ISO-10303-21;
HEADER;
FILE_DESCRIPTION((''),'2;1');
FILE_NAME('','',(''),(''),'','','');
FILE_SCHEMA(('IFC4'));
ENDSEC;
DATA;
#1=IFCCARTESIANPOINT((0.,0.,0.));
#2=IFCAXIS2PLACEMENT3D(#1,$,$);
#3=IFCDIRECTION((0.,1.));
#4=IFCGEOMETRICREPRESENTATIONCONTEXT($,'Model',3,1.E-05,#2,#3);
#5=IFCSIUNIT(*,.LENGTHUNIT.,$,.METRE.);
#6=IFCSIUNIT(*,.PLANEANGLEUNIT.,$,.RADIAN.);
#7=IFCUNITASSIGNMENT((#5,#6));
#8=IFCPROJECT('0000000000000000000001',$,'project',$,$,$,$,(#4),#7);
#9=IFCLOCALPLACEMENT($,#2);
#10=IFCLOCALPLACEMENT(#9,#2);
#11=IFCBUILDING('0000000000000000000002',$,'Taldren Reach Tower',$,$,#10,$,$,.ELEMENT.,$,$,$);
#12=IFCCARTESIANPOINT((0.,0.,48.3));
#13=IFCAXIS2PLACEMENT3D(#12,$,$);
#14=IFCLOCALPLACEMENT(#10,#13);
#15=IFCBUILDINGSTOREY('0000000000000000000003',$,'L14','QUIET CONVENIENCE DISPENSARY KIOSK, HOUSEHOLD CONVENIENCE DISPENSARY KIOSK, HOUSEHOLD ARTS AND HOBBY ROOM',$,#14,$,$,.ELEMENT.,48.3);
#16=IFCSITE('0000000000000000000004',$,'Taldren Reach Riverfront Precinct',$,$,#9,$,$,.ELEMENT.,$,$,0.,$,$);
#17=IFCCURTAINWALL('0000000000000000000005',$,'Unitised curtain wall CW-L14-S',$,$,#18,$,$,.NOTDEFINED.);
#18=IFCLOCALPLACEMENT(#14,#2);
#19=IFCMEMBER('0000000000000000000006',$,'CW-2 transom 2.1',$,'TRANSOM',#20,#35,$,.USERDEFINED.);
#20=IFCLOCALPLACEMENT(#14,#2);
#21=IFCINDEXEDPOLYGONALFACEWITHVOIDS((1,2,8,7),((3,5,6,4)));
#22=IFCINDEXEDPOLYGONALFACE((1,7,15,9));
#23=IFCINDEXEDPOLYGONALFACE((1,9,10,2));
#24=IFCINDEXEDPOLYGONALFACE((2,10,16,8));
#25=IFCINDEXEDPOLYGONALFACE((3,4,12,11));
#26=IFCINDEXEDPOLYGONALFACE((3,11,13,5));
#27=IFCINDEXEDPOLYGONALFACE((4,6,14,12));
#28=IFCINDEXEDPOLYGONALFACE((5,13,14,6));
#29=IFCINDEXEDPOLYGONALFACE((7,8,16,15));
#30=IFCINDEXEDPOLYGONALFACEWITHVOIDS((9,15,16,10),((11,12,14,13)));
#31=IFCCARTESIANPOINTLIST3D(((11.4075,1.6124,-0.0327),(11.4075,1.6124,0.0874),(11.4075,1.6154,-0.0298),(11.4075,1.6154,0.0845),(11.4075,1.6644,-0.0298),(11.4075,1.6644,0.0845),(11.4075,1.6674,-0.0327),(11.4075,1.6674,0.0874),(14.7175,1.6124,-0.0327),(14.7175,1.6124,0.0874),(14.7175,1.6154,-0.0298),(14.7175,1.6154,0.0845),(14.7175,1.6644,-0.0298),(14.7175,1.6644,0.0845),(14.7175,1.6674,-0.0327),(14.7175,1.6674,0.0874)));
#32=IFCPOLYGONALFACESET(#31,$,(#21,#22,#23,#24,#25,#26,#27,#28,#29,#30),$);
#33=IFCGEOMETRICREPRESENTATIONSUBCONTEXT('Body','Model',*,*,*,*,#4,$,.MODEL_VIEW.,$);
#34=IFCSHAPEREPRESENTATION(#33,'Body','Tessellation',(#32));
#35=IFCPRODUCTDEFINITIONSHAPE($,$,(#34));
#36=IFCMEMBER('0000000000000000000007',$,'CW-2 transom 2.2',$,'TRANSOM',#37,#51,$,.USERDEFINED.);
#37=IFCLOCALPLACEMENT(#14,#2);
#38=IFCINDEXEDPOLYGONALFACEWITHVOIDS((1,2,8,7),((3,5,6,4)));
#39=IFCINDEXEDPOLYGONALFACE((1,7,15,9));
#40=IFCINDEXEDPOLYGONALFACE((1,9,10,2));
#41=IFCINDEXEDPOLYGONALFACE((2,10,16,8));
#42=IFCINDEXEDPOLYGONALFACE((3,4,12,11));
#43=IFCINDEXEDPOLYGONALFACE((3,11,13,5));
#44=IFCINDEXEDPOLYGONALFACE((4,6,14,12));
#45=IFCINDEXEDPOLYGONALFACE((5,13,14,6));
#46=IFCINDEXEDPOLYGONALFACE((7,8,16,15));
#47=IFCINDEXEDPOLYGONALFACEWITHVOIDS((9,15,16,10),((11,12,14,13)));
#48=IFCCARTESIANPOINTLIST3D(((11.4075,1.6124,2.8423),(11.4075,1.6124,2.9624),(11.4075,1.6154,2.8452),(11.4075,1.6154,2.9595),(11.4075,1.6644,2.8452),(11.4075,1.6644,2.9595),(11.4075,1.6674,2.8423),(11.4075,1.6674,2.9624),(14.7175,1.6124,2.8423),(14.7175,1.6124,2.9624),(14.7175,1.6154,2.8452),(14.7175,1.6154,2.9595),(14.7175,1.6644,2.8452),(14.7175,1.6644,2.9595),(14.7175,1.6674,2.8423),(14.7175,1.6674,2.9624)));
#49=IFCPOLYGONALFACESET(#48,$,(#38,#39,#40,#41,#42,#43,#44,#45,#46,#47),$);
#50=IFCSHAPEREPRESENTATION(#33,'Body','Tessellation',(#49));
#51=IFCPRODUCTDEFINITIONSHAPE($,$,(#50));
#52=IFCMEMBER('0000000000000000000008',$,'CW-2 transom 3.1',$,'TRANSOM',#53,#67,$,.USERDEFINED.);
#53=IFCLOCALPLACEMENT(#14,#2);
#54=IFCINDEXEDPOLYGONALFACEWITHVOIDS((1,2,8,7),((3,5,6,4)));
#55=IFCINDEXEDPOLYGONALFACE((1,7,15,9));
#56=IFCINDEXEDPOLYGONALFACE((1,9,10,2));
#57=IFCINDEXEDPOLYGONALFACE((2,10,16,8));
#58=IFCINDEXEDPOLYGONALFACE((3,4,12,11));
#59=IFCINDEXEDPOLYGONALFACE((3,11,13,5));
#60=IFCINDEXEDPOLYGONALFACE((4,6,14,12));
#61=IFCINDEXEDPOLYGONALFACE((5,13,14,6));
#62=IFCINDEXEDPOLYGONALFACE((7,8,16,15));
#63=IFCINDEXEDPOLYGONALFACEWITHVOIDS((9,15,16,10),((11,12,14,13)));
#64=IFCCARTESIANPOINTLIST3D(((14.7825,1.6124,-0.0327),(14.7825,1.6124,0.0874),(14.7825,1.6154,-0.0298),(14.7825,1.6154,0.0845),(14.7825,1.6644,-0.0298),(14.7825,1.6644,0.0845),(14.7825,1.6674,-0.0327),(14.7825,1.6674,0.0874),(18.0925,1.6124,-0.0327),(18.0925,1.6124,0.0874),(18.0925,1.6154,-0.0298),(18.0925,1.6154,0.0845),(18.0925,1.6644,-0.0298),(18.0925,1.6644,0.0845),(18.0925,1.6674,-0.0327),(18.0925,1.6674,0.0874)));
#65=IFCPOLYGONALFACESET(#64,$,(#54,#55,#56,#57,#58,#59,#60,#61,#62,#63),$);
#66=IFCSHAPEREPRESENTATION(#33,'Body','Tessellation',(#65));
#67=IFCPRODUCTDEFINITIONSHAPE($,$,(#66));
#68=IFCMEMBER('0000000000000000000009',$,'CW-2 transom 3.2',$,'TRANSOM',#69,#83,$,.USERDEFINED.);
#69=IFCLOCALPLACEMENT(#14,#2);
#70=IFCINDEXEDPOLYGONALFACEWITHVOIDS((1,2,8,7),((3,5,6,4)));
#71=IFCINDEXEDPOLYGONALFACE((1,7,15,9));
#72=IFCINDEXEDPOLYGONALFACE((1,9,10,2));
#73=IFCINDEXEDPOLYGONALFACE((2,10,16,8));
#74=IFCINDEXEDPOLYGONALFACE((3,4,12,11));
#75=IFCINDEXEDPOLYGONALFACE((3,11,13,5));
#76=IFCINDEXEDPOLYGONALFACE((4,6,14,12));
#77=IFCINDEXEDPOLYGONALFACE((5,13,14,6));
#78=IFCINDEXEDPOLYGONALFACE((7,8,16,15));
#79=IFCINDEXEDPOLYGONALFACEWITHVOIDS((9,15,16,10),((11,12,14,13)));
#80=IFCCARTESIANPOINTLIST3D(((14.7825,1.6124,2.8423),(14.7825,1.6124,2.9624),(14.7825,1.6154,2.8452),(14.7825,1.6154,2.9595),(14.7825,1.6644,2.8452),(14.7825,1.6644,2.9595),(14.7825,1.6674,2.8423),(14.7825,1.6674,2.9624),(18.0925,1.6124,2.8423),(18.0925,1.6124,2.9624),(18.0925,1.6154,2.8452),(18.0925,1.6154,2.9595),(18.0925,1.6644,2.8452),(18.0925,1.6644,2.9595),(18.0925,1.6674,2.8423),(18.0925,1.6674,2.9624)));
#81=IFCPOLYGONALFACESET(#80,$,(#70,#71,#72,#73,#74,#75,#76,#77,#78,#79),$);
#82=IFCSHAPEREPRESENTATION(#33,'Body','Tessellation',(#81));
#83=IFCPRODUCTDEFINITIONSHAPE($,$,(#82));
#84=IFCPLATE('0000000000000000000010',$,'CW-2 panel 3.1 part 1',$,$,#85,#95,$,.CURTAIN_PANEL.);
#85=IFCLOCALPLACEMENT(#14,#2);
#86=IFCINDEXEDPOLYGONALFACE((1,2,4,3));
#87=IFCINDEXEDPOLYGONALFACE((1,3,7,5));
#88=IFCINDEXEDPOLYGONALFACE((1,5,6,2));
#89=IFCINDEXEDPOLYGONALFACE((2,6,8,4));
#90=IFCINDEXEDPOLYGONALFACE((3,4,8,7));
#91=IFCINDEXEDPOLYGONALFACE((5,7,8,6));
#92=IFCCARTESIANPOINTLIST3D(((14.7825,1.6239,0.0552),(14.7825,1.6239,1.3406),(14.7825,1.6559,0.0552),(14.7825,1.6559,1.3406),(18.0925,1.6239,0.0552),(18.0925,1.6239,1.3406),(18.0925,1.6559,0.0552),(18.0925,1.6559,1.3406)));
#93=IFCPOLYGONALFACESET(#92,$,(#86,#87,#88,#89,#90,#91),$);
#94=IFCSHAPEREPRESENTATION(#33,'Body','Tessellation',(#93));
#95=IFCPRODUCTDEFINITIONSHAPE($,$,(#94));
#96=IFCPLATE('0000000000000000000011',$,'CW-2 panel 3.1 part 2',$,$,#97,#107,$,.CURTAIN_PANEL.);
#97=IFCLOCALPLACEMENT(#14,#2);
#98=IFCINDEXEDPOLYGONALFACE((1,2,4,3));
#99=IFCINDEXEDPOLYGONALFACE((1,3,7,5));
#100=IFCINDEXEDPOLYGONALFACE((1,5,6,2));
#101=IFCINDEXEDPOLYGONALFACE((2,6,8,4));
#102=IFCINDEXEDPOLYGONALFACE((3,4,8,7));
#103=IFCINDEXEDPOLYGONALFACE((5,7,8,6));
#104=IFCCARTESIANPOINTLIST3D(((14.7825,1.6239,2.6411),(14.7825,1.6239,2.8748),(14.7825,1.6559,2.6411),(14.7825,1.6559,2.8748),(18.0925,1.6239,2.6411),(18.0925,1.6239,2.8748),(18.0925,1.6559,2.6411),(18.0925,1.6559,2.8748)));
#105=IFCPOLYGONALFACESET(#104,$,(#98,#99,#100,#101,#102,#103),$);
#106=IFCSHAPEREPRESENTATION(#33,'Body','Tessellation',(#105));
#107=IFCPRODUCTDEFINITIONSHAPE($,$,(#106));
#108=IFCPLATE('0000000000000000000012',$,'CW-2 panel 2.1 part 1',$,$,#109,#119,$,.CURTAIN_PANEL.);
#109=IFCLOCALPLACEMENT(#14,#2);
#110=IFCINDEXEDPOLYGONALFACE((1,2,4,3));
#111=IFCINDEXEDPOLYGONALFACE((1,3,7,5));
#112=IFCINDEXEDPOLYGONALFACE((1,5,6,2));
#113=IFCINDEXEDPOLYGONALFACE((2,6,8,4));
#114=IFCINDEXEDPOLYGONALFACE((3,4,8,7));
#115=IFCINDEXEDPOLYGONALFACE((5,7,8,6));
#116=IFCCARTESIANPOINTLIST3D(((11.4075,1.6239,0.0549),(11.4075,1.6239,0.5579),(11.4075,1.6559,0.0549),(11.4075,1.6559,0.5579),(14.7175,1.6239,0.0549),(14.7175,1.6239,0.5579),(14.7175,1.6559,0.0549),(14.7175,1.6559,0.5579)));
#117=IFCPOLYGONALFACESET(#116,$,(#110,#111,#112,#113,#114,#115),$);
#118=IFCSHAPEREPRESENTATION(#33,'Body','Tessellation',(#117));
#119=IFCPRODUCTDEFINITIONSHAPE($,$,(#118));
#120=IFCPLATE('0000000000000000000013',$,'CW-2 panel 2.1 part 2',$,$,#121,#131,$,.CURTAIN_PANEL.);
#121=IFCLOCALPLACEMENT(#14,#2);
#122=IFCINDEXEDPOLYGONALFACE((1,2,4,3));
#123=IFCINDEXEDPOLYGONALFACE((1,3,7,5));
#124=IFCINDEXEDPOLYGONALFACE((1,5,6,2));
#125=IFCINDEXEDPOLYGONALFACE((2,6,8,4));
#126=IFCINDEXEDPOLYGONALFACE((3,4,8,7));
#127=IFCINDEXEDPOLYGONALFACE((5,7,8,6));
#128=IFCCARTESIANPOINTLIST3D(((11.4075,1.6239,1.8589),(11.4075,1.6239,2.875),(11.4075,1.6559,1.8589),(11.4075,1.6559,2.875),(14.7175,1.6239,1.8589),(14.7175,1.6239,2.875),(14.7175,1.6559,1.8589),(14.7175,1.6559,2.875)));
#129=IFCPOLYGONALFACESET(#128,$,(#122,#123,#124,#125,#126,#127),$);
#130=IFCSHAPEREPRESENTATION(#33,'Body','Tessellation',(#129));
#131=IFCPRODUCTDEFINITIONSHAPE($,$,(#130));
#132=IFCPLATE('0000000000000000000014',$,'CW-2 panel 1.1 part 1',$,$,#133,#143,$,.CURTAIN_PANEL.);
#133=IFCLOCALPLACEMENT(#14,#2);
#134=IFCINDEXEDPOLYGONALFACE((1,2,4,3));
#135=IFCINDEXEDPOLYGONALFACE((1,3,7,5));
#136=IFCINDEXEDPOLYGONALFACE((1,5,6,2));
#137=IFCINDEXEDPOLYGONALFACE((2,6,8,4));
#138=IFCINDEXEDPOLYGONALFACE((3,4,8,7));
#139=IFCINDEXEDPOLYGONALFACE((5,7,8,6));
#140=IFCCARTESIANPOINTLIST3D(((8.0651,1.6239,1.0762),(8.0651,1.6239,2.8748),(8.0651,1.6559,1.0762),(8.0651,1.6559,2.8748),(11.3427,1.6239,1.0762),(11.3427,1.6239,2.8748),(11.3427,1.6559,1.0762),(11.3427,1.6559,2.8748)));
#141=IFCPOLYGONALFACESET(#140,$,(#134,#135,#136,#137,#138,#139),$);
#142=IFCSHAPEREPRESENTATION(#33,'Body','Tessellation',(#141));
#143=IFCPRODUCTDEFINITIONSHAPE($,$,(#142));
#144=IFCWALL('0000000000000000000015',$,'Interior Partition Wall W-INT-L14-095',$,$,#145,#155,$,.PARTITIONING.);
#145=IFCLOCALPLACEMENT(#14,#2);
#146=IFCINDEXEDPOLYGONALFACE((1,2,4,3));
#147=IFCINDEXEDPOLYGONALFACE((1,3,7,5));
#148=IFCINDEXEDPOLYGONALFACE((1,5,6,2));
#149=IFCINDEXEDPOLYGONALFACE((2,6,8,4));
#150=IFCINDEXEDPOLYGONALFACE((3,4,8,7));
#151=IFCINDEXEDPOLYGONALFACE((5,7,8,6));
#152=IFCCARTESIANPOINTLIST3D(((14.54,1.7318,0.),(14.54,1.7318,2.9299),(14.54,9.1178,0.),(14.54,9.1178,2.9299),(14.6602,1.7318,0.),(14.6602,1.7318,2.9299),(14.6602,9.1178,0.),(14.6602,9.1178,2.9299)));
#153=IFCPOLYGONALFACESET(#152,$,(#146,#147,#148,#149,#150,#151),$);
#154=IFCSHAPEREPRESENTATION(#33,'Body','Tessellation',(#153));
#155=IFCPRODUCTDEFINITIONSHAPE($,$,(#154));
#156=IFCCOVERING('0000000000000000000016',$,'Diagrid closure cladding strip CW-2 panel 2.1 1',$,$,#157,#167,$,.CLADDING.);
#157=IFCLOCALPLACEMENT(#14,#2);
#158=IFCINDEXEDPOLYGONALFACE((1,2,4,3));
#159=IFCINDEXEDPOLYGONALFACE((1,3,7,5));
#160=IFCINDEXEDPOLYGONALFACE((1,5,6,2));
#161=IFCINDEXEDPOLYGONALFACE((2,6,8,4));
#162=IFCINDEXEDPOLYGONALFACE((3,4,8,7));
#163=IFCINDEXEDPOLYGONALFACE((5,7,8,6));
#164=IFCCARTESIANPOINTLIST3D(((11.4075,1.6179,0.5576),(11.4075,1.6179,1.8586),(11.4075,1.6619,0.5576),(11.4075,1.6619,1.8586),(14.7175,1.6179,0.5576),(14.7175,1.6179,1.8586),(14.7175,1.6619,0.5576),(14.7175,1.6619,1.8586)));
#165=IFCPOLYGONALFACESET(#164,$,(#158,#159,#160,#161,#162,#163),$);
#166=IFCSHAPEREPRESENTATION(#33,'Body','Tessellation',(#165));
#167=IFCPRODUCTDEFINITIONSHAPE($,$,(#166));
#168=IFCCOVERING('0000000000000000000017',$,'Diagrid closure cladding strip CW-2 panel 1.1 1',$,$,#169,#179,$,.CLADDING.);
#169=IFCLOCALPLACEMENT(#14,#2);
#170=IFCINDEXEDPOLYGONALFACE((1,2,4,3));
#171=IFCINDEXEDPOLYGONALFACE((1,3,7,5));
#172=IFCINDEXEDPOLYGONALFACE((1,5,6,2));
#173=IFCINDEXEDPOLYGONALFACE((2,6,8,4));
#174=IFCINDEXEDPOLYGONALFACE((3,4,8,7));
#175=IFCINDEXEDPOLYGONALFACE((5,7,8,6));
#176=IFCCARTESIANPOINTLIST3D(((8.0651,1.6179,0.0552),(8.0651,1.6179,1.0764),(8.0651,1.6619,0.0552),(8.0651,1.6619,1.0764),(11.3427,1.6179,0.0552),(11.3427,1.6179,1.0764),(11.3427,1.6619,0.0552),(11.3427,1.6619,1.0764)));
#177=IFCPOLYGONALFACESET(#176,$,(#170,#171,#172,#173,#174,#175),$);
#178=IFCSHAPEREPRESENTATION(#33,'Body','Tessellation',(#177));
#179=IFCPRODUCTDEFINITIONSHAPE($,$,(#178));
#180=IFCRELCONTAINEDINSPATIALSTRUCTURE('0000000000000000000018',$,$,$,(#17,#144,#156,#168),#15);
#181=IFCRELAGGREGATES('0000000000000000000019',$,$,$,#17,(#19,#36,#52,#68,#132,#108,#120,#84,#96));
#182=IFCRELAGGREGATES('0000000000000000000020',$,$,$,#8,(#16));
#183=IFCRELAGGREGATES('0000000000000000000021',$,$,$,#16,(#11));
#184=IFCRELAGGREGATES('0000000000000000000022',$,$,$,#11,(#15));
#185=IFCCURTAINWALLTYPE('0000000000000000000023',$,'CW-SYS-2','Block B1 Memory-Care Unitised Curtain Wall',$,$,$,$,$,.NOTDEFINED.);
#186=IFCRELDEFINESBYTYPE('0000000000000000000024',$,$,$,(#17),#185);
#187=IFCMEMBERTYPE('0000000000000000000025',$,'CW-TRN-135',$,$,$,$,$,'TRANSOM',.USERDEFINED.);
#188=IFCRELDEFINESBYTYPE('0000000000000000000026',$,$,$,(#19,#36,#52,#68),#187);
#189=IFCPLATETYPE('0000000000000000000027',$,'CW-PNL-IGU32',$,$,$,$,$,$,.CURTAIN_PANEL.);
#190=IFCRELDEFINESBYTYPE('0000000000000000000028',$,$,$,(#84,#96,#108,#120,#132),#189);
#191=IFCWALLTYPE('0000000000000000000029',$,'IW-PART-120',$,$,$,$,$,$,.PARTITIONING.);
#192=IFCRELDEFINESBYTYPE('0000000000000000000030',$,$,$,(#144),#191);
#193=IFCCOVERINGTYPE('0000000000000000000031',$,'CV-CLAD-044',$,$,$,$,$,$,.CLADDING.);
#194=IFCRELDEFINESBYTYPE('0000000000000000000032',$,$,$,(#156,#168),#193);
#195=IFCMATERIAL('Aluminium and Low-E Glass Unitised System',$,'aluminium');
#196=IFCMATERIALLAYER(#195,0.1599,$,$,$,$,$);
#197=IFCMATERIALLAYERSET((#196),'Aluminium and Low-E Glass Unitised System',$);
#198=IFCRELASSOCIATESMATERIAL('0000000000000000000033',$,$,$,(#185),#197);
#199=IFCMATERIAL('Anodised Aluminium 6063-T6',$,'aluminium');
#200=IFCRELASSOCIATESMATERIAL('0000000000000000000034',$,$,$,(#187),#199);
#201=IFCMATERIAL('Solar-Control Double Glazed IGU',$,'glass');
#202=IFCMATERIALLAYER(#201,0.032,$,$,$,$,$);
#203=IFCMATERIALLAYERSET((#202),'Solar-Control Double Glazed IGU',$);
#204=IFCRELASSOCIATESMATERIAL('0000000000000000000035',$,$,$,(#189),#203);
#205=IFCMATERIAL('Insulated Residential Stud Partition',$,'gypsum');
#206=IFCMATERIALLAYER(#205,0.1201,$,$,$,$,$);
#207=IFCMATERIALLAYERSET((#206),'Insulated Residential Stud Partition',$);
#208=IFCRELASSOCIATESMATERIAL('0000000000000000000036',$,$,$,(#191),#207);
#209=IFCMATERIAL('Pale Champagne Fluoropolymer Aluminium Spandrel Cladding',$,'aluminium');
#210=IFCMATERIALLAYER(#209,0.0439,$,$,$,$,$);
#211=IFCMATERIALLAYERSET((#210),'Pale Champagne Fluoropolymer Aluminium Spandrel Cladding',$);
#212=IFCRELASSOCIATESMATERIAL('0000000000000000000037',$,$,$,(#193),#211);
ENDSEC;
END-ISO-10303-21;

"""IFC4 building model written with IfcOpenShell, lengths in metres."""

from ifc_helpers import new_model, si_unit, direction, frame, frame_2d, origin, origin_2d, place, context, subcontext, project, spatial, rectangle, hollow_rectangle, extrude, source, transform, mapped, material, layer, layer_set, material_profile, profile_set, type_object, element, aggregate, save


model = new_model("IFC4")

# Units and contexts
model_context = context("Model", 3, precision=1e-05, world=origin(), true_north=direction((0.0, 1.0)))
body_context = subcontext(model_context, "Body", "Model", "MODEL_VIEW")
ifc_project = project(units=[si_unit("LENGTHUNIT", "METRE"), si_unit("PLANEANGLEUNIT", "RADIAN")], contexts=[model_context])

# Site, building, storey
site_placement = place(None, origin())
site = spatial("IfcSite", under=ifc_project, at=site_placement, Name="Taldren Reach Riverfront Precinct", CompositionType="ELEMENT", RefElevation=0.0)
building_placement = place(site_placement, origin())
building = spatial("IfcBuilding", under=site, at=building_placement, Name="Taldren Reach Tower", CompositionType="ELEMENT")
storey_placement = place(building_placement, frame((0.0, 0.0, 48.3)))
storey = spatial("IfcBuildingStorey", under=building, at=storey_placement, Name="L14", Description="QUIET CONVENIENCE DISPENSARY KIOSK, HOUSEHOLD CONVENIENCE DISPENSARY KIOSK, HOUSEHOLD ARTS AND HOBBY ROOM", CompositionType="ELEMENT", Elevation=48.3)

# Curtain wall, members, plates
ifc_material_1 = material(Name="Aluminium and Low-E Glass Unitised System", Category="aluminium")
ifc_layer_1 = layer(ifc_material_1, 0.1599)
ifc_layer_set_1 = layer_set([ifc_layer_1], Name="Aluminium and Low-E Glass Unitised System")
curtain_wall_type = type_object("IfcCurtainWallType", Name="CW-SYS-2", Description="Block B1 Memory-Care Unitised Curtain Wall", PredefinedType="NOTDEFINED", material=ifc_layer_set_1)
curtain_wall_placement = place(storey_placement, origin())
curtain_wall = element("IfcCurtainWall", 1, at=curtain_wall_placement, inside=storey, type_object=curtain_wall_type, Name="Unitised curtain wall CW-L14-S", PredefinedType="NOTDEFINED")
ifc_material_2 = material(Name="Anodised Aluminium 6063-T6", Category="aluminium")
ifc_material_profile_1 = material_profile(ifc_material_2, hollow_rectangle(XDim=0.0549, YDim=0.1201, WallThickness=0.0029, at=origin_2d()), Name="ALU-120x55x3RHS")
ifc_profile_set_1 = profile_set([ifc_material_profile_1], Name="Anodised Aluminium 6063-T6")
member_type_1 = type_object("IfcMemberType", Name="CW-TRN-135", ElementType="TRANSOM", PredefinedType="USERDEFINED", material=ifc_profile_set_1)
shared_shape_1 = source(origin(), body_context, "Body", "SweptSolid", [
    extrude(hollow_rectangle(XDim=0.0549, YDim=0.1201, WallThickness=0.0029, at=origin_2d()), origin(), (0.0, 0.0, 1.0), 3.3101),
])
member_1_placement = place(storey_placement, frame((11.4075, 1.6399, 0.0273), z_axis=(1.0, 0.0, 0.0), x_axis=(0.0, 1.0, 0.0)))
member_1 = element("IfcMember", 2, at=member_1_placement, type_object=member_type_1, Name="CW-2 transom 2.1", ObjectType="TRANSOM", PredefinedType="USERDEFINED", context=body_context, shape_type="MappedRepresentation", body=[
    mapped(shared_shape_1, transform((0.0, 0.0, 0.0), scale=1.0)),
])
member_2_placement = place(storey_placement, frame((11.4075, 1.6399, 2.9023), z_axis=(1.0, 0.0, 0.0), x_axis=(0.0, 1.0, 0.0)))
member_2 = element("IfcMember", 3, at=member_2_placement, type_object=member_type_1, Name="CW-2 transom 2.2", ObjectType="TRANSOM", PredefinedType="USERDEFINED", context=body_context, shape_type="MappedRepresentation", body=[
    mapped(shared_shape_1, transform((0.0, 0.0, 0.0), scale=1.0)),
])
member_3_placement = place(storey_placement, frame((14.7825, 1.6399, 0.0273), z_axis=(1.0, 0.0, 0.0), x_axis=(0.0, 1.0, 0.0)))
member_3 = element("IfcMember", 4, at=member_3_placement, type_object=member_type_1, Name="CW-2 transom 3.1", ObjectType="TRANSOM", PredefinedType="USERDEFINED", context=body_context, shape_type="MappedRepresentation", body=[
    mapped(shared_shape_1, transform((0.0, 0.0, 0.0), scale=1.0)),
])
member_4_placement = place(storey_placement, frame((14.7825, 1.6399, 2.9023), z_axis=(1.0, 0.0, 0.0), x_axis=(0.0, 1.0, 0.0)))
member_4 = element("IfcMember", 5, at=member_4_placement, type_object=member_type_1, Name="CW-2 transom 3.2", ObjectType="TRANSOM", PredefinedType="USERDEFINED", context=body_context, shape_type="MappedRepresentation", body=[
    mapped(shared_shape_1, transform((0.0, 0.0, 0.0), scale=1.0)),
])
ifc_material_3 = material(Name="Solar-Control Double Glazed IGU", Category="glass")
ifc_layer_2 = layer(ifc_material_3, 0.032)
ifc_layer_set_2 = layer_set([ifc_layer_2], Name="Solar-Control Double Glazed IGU")
plate_type = type_object("IfcPlateType", Name="CW-PNL-IGU32", PredefinedType="CURTAIN_PANEL", material=ifc_layer_set_2)
shared_shape_2 = source(origin(), body_context, "Body", "SweptSolid", [
    extrude(rectangle(XDim=3.3101, YDim=0.032, at=origin_2d()), origin(), (0.0, 0.0, 1.0), 1.2854),
])
plate_1_placement = place(storey_placement, frame((16.4375, 1.6399, 0.0552), z_axis=(0.0, 0.0, 1.0), x_axis=(1.0, 0.0, 0.0)))
plate_1 = element("IfcPlate", 6, at=plate_1_placement, type_object=plate_type, Name="CW-2 panel 3.1 part 1", PredefinedType="CURTAIN_PANEL", context=body_context, shape_type="MappedRepresentation", body=[
    mapped(shared_shape_2, transform((0.0, 0.0, 0.0), scale=1.0)),
])
shared_shape_3 = source(origin(), body_context, "Body", "SweptSolid", [
    extrude(rectangle(XDim=3.3101, YDim=0.032, at=origin_2d()), origin(), (0.0, 0.0, 1.0), 0.2336),
])
plate_2_placement = place(storey_placement, frame((16.4375, 1.6399, 2.6411), z_axis=(0.0, 0.0, 1.0), x_axis=(1.0, 0.0, 0.0)))
plate_2 = element("IfcPlate", 7, at=plate_2_placement, type_object=plate_type, Name="CW-2 panel 3.1 part 2", PredefinedType="CURTAIN_PANEL", context=body_context, shape_type="MappedRepresentation", body=[
    mapped(shared_shape_3, transform((0.0, 0.0, 0.0), scale=1.0)),
])
shared_shape_4 = source(origin(), body_context, "Body", "SweptSolid", [
    extrude(rectangle(XDim=3.3101, YDim=0.032, at=origin_2d()), origin(), (0.0, 0.0, 1.0), 0.5029),
])
plate_3_placement = place(storey_placement, frame((13.0625, 1.6399, 0.0549), z_axis=(0.0, 0.0, 1.0), x_axis=(1.0, 0.0, 0.0)))
plate_3 = element("IfcPlate", 8, at=plate_3_placement, type_object=plate_type, Name="CW-2 panel 2.1 part 1", PredefinedType="CURTAIN_PANEL", context=body_context, shape_type="MappedRepresentation", body=[
    mapped(shared_shape_4, transform((0.0, 0.0, 0.0), scale=1.0)),
])
shared_shape_5 = source(origin(), body_context, "Body", "SweptSolid", [
    extrude(rectangle(XDim=3.3101, YDim=0.032, at=origin_2d()), origin(), (0.0, 0.0, 1.0), 1.0161),
])
plate_4_placement = place(storey_placement, frame((13.0625, 1.6399, 1.8589), z_axis=(0.0, 0.0, 1.0), x_axis=(1.0, 0.0, 0.0)))
plate_4 = element("IfcPlate", 9, at=plate_4_placement, type_object=plate_type, Name="CW-2 panel 2.1 part 2", PredefinedType="CURTAIN_PANEL", context=body_context, shape_type="MappedRepresentation", body=[
    mapped(shared_shape_5, transform((0.0, 0.0, 0.0), scale=1.0)),
])
shared_shape_6 = source(origin(), body_context, "Body", "SweptSolid", [
    extrude(rectangle(XDim=3.2776, YDim=0.032, at=origin_2d()), origin(), (0.0, 0.0, 1.0), 1.7986),
])
plate_5_placement = place(storey_placement, frame((9.7039, 1.6399, 1.0762), z_axis=(0.0, 0.0, 1.0), x_axis=(1.0, 0.0, 0.0)))
plate_5 = element("IfcPlate", 10, at=plate_5_placement, type_object=plate_type, Name="CW-2 panel 1.1 part 1", PredefinedType="CURTAIN_PANEL", context=body_context, shape_type="MappedRepresentation", body=[
    mapped(shared_shape_6, transform((0.0, 0.0, 0.0), scale=1.0)),
])
aggregate(curtain_wall, [member_1, member_2, member_3, member_4, plate_5, plate_3, plate_4, plate_1, plate_2])

# Wall
ifc_material_4 = material(Name="Insulated Residential Stud Partition", Category="gypsum")
ifc_layer_3 = layer(ifc_material_4, 0.1201)
ifc_layer_set_3 = layer_set([ifc_layer_3], Name="Insulated Residential Stud Partition")
wall_type = type_object("IfcWallType", Name="IW-PART-120", PredefinedType="PARTITIONING", material=ifc_layer_set_3)
shared_shape_7 = source(origin(), body_context, "Body", "SweptSolid", [
    extrude(rectangle(XDim=7.386, YDim=0.1201, at=frame_2d((3.6929, 0.0))), origin(), (0.0, 0.0, 1.0), 2.9299),
])
wall_placement = place(storey_placement, frame((14.6001, 1.7319, 0.0), z_axis=(0.0, 0.0, 1.0), x_axis=(0.0, 1.0, 0.0)))
element("IfcWall", 11, at=wall_placement, inside=storey, type_object=wall_type, Name="Interior Partition Wall W-INT-L14-095", PredefinedType="PARTITIONING", context=body_context, shape_type="MappedRepresentation", body=[
    mapped(shared_shape_7, transform((0.0, 0.0, 0.0), scale=1.0)),
])

# Coverings
ifc_material_5 = material(Name="Pale Champagne Fluoropolymer Aluminium Spandrel Cladding", Category="aluminium")
ifc_layer_4 = layer(ifc_material_5, 0.0439)
ifc_layer_set_4 = layer_set([ifc_layer_4], Name="Pale Champagne Fluoropolymer Aluminium Spandrel Cladding")
covering_type = type_object("IfcCoveringType", Name="CV-CLAD-044", PredefinedType="CLADDING", material=ifc_layer_set_4)
shared_shape_8 = source(origin(), body_context, "Body", "SweptSolid", [
    extrude(rectangle(XDim=3.3101, YDim=0.0439, at=origin_2d()), origin(), (0.0, 0.0, 1.0), 1.301),
])
covering_1_placement = place(storey_placement, frame((13.0625, 1.6399, 0.5576), z_axis=(0.0, 0.0, 1.0), x_axis=(1.0, 0.0, 0.0)))
element("IfcCovering", 12, at=covering_1_placement, inside=storey, type_object=covering_type, Name="Diagrid closure cladding strip CW-2 panel 2.1 1", PredefinedType="CLADDING", context=body_context, shape_type="MappedRepresentation", body=[
    mapped(shared_shape_8, transform((0.0, 0.0, 0.0), scale=1.0)),
])
shared_shape_9 = source(origin(), body_context, "Body", "SweptSolid", [
    extrude(rectangle(XDim=3.2776, YDim=0.0439, at=origin_2d()), origin(), (0.0, 0.0, 1.0), 1.0212),
])
covering_2_placement = place(storey_placement, frame((9.7039, 1.6399, 0.0552), z_axis=(0.0, 0.0, 1.0), x_axis=(1.0, 0.0, 0.0)))
element("IfcCovering", 13, at=covering_2_placement, inside=storey, type_object=covering_type, Name="Diagrid closure cladding strip CW-2 panel 1.1 1", PredefinedType="CLADDING", context=body_context, shape_type="MappedRepresentation", body=[
    mapped(shared_shape_9, transform((0.0, 0.0, 0.0), scale=1.0)),
])

save(model, "model.ifc")
